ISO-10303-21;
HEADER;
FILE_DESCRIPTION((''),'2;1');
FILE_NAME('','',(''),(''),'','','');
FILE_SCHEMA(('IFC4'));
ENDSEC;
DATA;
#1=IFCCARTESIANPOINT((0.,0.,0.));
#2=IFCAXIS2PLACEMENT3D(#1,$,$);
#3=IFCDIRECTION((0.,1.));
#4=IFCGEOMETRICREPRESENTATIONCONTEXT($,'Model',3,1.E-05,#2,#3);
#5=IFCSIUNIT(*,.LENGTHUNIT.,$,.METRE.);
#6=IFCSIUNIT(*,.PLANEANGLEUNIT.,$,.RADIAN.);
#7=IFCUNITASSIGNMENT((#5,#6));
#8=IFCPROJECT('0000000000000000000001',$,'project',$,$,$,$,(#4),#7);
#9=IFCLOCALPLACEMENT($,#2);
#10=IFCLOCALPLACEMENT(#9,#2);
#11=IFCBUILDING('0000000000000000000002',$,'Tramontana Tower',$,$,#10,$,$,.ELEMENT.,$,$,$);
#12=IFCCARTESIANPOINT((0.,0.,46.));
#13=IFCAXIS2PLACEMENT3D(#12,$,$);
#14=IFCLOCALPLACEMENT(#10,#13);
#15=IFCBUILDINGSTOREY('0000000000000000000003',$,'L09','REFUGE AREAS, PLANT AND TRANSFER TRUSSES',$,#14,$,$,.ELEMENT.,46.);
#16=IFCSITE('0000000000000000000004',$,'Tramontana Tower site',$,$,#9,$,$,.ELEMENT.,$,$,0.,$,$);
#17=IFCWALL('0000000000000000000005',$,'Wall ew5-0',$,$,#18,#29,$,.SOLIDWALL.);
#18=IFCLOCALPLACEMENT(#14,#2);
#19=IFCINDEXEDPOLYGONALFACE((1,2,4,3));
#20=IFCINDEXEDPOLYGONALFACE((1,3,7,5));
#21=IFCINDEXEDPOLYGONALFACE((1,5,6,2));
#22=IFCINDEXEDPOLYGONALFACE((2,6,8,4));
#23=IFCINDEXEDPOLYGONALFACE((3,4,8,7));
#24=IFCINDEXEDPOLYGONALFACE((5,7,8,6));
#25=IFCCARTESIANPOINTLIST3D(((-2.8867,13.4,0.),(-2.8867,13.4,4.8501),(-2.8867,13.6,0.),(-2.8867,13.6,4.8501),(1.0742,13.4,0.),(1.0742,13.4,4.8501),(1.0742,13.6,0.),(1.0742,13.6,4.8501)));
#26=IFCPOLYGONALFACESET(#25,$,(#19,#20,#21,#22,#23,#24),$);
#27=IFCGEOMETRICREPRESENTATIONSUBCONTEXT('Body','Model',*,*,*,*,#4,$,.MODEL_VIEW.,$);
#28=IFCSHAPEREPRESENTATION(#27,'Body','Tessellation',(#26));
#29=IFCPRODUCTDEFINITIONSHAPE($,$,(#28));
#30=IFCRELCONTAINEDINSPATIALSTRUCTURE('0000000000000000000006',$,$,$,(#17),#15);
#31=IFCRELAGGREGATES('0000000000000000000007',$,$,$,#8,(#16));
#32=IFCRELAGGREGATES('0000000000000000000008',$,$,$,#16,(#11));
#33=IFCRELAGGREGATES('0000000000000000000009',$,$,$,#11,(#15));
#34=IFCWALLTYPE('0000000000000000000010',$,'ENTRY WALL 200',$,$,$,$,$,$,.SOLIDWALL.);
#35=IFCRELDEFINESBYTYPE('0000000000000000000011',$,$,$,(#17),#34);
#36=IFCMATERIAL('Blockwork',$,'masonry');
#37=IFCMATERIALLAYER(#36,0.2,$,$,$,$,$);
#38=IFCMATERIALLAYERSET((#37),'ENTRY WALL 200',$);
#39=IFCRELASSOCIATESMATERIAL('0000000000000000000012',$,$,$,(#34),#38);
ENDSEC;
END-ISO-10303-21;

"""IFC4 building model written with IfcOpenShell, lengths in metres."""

from ifc_helpers import new_model, si_unit, direction, frame, frame_2d, origin, place, context, subcontext, project, spatial, rectangle, extrude, material, layer, layer_set, type_object, element, save


model = new_model("IFC4")

# Units and contexts
model_context = context("Model", 3, precision=1e-05, world=origin(), true_north=direction((0.0, 1.0)))
body_context = subcontext(model_context, "Body", "Model", "MODEL_VIEW")
ifc_project = project(units=[si_unit("LENGTHUNIT", "METRE"), si_unit("PLANEANGLEUNIT", "RADIAN")], contexts=[model_context])

# Site, building, storey
site_placement = place(None, origin())
site = spatial("IfcSite", under=ifc_project, at=site_placement, Name="Tramontana Tower site", CompositionType="ELEMENT", RefElevation=0.0)
building_placement = place(site_placement, origin())
building = spatial("IfcBuilding", under=site, at=building_placement, Name="Tramontana Tower", CompositionType="ELEMENT")
storey_placement = place(building_placement, frame((0.0, 0.0, 46.0)))
storey = spatial("IfcBuildingStorey", under=building, at=storey_placement, Name="L09", Description="REFUGE AREAS, PLANT AND TRANSFER TRUSSES", CompositionType="ELEMENT", Elevation=46.0)

# Wall
ifc_material_1 = material(Name="Blockwork", Category="masonry")
ifc_layer_1 = layer(ifc_material_1, 0.2)
ifc_layer_set_1 = layer_set([ifc_layer_1], Name="ENTRY WALL 200")
wall_type_1 = type_object("IfcWallType", Name="ENTRY WALL 200", PredefinedType="SOLIDWALL", material=ifc_layer_set_1)
wall_1_placement = place(storey_placement, frame((-2.8867, 13.5, 0.0), z_axis=(0.0, 0.0, 1.0), x_axis=(1.0, 0.0, 0.0)))
element("IfcWall", 1, at=wall_1_placement, inside=storey, type_object=wall_type_1, Name="Wall ew5-0", PredefinedType="SOLIDWALL", context=body_context, shape_type="SweptSolid", body=[
    extrude(rectangle(XDim=3.9609, YDim=0.2, at=frame_2d((1.9805, 0.0))), origin(), (0.0, 0.0, 1.0), 4.8501),
])

save(model, "model.ifc")
